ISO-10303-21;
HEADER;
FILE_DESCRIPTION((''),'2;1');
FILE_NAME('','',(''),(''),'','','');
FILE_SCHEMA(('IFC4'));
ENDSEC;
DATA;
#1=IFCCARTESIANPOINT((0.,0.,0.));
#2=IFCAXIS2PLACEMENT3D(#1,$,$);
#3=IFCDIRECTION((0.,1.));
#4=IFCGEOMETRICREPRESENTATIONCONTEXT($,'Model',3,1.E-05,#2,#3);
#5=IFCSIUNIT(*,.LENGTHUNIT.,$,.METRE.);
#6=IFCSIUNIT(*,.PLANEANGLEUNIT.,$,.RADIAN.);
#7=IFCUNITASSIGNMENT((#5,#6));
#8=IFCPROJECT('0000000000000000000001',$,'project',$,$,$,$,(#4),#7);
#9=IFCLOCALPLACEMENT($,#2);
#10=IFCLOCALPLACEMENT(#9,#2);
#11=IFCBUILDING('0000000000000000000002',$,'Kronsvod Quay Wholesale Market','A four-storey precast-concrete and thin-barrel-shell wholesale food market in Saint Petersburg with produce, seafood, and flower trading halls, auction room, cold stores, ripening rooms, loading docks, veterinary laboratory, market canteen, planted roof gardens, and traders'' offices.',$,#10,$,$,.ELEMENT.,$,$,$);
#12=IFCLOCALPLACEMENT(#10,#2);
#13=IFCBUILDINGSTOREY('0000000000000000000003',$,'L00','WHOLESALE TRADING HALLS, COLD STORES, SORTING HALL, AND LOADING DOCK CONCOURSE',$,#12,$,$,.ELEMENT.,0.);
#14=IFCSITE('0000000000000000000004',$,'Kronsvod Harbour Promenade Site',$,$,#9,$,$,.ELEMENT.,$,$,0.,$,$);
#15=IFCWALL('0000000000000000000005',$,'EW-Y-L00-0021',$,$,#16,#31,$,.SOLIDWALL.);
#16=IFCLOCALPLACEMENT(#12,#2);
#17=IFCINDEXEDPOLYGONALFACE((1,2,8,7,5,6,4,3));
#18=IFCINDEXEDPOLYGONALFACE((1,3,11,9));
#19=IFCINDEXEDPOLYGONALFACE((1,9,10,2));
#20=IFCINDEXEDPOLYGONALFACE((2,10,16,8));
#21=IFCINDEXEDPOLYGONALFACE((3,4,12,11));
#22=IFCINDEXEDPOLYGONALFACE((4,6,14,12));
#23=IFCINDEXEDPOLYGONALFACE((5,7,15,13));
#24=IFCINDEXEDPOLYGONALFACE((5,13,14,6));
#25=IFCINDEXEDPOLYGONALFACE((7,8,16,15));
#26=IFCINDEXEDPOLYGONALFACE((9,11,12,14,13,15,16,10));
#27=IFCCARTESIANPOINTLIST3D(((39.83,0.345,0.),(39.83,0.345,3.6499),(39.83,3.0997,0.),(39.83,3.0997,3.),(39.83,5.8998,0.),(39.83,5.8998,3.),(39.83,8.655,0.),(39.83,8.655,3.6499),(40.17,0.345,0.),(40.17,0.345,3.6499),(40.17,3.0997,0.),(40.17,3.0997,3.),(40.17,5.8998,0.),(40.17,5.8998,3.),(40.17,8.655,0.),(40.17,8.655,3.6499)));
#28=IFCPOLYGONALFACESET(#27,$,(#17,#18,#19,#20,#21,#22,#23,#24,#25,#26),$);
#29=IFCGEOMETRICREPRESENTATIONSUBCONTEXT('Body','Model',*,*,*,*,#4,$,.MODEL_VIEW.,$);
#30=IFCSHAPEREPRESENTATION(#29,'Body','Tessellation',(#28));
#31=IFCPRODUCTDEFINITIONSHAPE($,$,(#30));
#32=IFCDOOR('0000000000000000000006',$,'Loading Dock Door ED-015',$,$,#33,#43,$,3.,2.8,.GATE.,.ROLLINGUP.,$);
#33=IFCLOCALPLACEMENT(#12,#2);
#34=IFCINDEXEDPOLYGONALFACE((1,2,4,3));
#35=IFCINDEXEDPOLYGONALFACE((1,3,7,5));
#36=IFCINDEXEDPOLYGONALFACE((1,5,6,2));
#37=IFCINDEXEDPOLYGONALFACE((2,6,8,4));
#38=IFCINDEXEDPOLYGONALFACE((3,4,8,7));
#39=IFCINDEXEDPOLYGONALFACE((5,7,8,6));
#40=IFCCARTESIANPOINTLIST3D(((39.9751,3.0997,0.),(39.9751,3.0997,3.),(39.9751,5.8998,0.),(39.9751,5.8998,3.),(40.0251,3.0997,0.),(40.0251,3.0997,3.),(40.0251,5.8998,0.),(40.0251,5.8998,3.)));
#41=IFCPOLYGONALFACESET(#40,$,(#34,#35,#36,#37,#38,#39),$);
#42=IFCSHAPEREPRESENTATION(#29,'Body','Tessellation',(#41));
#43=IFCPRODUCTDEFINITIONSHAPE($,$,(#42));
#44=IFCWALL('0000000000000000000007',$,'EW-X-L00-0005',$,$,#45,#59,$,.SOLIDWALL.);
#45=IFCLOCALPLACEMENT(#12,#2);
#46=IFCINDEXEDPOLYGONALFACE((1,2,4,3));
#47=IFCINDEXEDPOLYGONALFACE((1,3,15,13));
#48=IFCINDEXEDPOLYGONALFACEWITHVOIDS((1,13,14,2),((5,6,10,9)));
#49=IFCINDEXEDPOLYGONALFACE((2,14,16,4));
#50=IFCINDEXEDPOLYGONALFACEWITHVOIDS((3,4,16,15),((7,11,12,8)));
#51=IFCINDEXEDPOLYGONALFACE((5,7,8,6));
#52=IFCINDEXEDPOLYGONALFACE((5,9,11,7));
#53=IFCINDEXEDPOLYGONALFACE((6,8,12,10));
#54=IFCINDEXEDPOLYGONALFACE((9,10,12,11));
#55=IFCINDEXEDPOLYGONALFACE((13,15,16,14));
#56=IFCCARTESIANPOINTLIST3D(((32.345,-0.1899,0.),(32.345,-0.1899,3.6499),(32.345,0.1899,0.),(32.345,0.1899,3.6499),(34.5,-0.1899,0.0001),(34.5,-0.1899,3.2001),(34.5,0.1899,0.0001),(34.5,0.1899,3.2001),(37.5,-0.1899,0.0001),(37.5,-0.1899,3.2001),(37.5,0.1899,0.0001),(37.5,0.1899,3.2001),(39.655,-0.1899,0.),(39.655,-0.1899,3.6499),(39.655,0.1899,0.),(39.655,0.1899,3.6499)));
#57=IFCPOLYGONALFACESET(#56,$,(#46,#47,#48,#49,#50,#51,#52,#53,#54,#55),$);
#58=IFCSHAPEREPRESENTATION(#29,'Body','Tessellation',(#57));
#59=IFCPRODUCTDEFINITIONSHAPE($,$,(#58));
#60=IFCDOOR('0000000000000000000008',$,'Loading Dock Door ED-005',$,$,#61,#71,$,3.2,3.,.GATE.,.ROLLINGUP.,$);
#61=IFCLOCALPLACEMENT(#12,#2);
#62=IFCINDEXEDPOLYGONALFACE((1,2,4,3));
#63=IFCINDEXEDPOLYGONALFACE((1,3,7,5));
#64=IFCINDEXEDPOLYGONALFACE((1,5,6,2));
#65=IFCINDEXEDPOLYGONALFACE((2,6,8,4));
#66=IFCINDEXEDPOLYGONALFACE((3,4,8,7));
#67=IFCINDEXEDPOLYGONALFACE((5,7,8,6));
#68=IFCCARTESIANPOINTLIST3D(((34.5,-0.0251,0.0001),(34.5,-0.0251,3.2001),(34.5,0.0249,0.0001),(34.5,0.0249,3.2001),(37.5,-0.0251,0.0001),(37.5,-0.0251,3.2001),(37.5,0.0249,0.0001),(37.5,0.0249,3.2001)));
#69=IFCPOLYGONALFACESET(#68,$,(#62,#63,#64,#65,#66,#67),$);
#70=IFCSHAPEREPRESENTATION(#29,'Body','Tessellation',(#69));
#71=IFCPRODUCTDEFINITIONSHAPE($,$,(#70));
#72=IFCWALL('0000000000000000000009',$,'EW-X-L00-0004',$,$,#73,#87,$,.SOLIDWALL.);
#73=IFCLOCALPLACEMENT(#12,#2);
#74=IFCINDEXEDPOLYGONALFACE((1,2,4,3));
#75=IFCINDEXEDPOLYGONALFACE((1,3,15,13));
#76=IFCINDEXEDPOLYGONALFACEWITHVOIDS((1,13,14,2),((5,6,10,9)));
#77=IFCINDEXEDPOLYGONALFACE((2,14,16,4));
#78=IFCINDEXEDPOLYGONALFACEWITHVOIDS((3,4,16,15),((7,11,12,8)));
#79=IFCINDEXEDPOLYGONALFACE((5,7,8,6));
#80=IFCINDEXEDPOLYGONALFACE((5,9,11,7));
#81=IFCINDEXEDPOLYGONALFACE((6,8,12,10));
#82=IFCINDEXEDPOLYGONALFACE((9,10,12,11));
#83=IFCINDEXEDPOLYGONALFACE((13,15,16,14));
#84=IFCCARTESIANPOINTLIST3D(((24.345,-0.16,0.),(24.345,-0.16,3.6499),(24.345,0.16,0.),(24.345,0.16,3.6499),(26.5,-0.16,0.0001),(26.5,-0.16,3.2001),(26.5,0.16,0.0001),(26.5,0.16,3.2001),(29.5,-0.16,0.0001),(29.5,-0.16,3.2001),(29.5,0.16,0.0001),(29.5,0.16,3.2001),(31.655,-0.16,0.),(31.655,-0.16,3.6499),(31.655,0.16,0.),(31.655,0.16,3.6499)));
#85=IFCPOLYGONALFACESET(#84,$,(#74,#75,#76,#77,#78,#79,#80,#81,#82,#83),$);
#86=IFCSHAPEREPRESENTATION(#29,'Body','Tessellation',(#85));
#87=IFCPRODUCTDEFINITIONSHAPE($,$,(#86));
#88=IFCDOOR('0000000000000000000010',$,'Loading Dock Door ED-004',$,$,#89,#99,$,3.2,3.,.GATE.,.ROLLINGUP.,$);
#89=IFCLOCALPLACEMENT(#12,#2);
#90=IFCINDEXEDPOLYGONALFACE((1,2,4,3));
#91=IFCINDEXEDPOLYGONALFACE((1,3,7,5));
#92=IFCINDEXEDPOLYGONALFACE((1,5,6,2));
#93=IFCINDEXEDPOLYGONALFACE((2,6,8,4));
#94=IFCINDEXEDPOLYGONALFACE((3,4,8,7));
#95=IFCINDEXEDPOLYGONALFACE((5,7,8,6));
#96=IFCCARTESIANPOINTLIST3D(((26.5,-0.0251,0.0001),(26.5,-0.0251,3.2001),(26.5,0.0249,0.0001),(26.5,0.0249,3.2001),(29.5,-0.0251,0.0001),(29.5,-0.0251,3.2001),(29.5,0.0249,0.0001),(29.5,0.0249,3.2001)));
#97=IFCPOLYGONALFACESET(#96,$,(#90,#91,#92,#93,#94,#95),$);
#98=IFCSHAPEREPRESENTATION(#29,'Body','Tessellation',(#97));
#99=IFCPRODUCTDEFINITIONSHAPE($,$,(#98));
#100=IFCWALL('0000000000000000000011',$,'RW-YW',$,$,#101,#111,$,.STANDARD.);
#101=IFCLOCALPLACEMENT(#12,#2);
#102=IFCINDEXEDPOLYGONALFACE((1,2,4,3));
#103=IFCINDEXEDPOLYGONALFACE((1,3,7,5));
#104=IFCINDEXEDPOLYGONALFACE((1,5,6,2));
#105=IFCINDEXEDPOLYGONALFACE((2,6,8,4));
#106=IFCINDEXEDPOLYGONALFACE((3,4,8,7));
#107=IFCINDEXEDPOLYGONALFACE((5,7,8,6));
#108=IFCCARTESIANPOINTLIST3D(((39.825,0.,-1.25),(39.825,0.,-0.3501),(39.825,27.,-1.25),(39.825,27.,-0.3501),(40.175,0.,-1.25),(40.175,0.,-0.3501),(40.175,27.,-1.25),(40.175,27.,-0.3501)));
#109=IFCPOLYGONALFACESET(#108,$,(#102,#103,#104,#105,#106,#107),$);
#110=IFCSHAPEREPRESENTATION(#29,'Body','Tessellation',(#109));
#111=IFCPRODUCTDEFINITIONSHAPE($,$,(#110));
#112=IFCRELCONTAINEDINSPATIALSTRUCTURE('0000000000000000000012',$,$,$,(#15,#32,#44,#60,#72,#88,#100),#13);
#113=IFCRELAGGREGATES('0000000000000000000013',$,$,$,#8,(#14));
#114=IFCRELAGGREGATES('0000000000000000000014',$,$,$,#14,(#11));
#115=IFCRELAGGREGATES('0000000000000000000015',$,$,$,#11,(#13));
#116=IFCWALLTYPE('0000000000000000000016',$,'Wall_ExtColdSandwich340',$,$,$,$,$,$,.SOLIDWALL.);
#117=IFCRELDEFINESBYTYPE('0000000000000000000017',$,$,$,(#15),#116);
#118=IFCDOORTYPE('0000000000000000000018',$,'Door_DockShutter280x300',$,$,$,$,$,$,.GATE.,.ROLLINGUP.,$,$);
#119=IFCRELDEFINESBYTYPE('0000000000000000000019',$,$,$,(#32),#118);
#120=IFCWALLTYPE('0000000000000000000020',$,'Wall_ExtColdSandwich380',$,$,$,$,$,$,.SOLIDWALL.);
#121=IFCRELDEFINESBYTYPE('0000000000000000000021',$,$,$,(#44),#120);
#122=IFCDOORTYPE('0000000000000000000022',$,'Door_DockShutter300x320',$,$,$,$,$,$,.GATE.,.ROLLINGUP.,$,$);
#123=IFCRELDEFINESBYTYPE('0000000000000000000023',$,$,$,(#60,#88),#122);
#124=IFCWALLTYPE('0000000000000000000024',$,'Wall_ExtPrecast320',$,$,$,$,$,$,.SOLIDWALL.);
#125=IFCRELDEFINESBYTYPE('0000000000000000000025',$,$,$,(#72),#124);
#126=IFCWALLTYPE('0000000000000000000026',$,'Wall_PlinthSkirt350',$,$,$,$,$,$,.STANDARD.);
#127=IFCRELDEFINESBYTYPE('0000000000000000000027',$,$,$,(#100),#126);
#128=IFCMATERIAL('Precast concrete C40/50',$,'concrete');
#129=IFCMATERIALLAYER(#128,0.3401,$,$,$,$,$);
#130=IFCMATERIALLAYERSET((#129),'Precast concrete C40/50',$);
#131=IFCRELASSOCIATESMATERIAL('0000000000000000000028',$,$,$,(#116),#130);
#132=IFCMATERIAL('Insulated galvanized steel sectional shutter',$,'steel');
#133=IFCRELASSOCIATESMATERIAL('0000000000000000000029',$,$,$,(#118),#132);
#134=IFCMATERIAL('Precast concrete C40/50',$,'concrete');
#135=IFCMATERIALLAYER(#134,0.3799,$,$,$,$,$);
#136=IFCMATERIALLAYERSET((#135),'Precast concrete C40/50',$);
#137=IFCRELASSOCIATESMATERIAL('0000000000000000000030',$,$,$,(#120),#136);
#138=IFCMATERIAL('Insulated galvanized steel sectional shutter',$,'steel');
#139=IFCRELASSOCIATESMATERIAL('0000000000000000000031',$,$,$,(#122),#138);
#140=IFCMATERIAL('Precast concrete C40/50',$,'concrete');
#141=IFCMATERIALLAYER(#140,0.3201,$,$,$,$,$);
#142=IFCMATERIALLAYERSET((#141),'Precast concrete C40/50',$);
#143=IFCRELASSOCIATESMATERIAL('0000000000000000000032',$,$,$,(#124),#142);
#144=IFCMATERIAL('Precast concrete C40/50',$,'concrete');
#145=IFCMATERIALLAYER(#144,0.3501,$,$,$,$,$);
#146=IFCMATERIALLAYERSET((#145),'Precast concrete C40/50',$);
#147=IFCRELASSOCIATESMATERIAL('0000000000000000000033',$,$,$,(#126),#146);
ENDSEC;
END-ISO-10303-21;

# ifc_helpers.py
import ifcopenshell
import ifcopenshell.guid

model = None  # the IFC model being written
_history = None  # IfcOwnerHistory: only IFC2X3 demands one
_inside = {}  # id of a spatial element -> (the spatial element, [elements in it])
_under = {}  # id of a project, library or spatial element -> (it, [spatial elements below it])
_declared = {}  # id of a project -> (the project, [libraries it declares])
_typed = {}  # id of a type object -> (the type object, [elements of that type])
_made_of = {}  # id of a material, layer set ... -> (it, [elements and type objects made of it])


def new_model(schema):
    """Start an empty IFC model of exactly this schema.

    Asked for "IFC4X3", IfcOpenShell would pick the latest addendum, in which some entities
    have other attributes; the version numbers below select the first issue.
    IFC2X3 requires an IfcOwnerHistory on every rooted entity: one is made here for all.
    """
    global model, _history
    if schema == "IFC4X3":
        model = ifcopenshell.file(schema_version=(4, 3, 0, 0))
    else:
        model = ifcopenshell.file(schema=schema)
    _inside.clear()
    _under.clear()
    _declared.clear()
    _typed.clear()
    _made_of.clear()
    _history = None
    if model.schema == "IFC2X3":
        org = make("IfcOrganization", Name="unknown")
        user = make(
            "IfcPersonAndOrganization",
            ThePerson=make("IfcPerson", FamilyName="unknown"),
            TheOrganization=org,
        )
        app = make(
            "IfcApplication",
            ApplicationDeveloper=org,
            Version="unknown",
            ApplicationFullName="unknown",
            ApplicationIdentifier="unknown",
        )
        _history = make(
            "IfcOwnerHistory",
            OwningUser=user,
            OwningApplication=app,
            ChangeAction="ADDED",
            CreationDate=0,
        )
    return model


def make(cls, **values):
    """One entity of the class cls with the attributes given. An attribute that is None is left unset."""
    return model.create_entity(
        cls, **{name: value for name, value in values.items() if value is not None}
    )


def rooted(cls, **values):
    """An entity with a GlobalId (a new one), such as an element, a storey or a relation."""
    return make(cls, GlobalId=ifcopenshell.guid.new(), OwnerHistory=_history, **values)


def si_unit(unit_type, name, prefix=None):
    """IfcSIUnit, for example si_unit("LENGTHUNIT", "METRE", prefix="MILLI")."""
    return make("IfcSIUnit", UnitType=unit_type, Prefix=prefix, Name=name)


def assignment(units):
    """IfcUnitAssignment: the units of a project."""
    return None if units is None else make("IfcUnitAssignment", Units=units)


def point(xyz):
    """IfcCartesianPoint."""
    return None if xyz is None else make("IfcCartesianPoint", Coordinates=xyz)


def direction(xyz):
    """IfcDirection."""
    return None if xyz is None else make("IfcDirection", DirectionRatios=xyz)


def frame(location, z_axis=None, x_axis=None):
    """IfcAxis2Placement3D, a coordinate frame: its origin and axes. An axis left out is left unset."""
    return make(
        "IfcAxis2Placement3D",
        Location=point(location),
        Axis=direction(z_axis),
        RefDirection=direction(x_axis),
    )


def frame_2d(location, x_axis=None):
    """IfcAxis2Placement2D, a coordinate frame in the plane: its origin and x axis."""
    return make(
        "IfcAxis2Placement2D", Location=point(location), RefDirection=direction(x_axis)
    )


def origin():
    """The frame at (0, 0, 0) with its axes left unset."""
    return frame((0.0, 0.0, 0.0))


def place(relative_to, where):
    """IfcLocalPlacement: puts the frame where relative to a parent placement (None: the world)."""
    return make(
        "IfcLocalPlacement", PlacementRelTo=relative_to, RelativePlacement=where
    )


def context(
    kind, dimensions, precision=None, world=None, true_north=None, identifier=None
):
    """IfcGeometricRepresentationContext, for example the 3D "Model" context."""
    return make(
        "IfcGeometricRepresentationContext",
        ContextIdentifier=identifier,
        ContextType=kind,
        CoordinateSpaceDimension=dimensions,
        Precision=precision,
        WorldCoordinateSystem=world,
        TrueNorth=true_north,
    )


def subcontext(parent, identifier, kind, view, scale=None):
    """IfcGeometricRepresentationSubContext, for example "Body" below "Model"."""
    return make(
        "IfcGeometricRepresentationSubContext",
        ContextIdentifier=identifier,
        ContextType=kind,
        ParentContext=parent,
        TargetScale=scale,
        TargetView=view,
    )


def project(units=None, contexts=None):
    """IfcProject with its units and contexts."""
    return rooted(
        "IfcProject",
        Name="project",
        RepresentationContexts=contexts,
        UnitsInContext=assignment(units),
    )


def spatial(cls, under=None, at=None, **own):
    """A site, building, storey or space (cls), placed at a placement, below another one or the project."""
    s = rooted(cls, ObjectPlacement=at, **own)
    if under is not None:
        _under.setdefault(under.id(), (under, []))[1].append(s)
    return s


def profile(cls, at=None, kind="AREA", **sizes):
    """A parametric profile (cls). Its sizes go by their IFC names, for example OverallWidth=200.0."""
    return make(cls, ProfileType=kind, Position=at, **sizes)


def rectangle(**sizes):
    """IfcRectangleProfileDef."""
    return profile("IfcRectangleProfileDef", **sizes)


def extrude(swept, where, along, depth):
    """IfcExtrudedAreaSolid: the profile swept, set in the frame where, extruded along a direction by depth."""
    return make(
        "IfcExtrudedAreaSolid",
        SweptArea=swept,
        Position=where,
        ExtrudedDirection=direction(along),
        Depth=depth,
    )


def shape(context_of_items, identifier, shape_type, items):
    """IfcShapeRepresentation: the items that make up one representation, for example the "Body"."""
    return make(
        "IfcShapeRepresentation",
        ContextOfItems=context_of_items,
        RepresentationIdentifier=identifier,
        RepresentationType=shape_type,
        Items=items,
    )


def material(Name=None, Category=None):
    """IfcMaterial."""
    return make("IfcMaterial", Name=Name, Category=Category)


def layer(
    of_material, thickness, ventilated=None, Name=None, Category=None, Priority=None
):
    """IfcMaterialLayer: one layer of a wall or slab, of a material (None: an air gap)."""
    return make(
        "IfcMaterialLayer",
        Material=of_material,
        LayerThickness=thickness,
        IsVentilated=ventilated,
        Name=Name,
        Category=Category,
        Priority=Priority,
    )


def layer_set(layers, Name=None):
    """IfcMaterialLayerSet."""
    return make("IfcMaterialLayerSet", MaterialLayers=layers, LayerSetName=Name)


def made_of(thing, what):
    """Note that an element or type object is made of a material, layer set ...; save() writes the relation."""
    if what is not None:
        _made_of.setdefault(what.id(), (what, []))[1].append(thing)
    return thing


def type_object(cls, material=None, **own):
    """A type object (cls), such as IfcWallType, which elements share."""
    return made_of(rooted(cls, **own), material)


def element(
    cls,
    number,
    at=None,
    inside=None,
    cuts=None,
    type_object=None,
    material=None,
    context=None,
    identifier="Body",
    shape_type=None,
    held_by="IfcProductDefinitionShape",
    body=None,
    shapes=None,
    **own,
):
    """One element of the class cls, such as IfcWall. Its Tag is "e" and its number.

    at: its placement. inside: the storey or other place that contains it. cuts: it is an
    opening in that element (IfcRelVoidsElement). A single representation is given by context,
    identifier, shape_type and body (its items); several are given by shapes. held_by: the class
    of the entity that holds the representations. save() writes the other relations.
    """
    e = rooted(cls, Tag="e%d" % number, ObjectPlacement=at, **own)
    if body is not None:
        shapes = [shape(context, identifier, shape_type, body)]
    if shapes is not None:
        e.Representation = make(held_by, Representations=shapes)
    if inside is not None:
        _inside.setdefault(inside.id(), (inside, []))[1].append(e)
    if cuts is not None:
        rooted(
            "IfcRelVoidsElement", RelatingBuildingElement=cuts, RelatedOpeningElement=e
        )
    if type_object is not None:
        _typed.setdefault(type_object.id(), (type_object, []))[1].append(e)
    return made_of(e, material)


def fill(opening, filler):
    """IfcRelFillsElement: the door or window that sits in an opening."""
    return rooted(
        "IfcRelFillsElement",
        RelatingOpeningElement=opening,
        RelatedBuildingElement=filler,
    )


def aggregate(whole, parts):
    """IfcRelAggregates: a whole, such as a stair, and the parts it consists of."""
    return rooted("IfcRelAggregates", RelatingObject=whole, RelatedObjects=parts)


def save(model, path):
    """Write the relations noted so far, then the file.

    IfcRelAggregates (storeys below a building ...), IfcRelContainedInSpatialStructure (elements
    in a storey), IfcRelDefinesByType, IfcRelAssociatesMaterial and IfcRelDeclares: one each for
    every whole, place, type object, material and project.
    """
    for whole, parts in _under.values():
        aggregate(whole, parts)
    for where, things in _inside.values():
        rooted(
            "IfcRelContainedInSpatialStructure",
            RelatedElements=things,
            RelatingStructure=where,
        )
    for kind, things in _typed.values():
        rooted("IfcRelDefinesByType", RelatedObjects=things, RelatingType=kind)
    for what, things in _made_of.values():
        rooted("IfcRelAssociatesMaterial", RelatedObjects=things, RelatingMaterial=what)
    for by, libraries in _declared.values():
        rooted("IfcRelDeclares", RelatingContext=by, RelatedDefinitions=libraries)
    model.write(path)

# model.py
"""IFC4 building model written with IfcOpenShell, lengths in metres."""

from ifc_helpers import new_model, si_unit, direction, frame, frame_2d, origin, place, context, subcontext, project, spatial, rectangle, extrude, material, layer, layer_set, type_object, element, fill, save


model = new_model("IFC4")

# Units and contexts
model_context = context("Model", 3, precision=1e-05, world=origin(), true_north=direction((0.0, 1.0)))
body_context = subcontext(model_context, "Body", "Model", "MODEL_VIEW")
ifc_project = project(units=[si_unit("LENGTHUNIT", "METRE"), si_unit("PLANEANGLEUNIT", "RADIAN")], contexts=[model_context])

# Site, building, storey
site_placement = place(None, origin())
site = spatial("IfcSite", under=ifc_project, at=site_placement, Name="Kronsvod Harbour Promenade Site", CompositionType="ELEMENT", RefElevation=0.0)
building_placement = place(site_placement, origin())
building = spatial("IfcBuilding", under=site, at=building_placement, Name="Kronsvod Quay Wholesale Market", Description="A four-storey precast-concrete and thin-barrel-shell wholesale food market in Saint Petersburg with produce, seafood, and flower trading halls, auction room, cold stores, ripening rooms, loading docks, veterinary laboratory, market canteen, planted roof gardens, and traders' offices.", CompositionType="ELEMENT")
storey_placement = place(building_placement, origin())
storey = spatial("IfcBuildingStorey", under=building, at=storey_placement, Name="L00", Description="WHOLESALE TRADING HALLS, COLD STORES, SORTING HALL, AND LOADING DOCK CONCOURSE", CompositionType="ELEMENT", Elevation=0.0)

# Walls, openings, doors
ifc_material_1 = material(Name="Precast concrete C40/50", Category="concrete")
ifc_layer_1 = layer(ifc_material_1, 0.3401)
ifc_layer_set_1 = layer_set([ifc_layer_1], Name="Precast concrete C40/50")
wall_type_1 = type_object("IfcWallType", Name="Wall_ExtColdSandwich340", PredefinedType="SOLIDWALL", material=ifc_layer_set_1)
wall_1_placement = place(storey_placement, frame((40.0, 0.345, 0.0), z_axis=(0.0, 0.0, 1.0), x_axis=(0.0, 1.0, 0.0)))
wall_1 = element("IfcWall", 1, at=wall_1_placement, inside=storey, type_object=wall_type_1, Name="EW-Y-L00-0021", PredefinedType="SOLIDWALL", context=body_context, shape_type="SweptSolid", body=[
    extrude(rectangle(XDim=8.3101, YDim=0.3401, at=frame_2d((4.155, 0.0))), origin(), (0.0, 0.0, 1.0), 3.6499),
])
opening_1_placement = place(wall_1_placement, frame((2.7549, 0.0, 0.0)))
opening_1 = element("IfcOpeningElement", 2, at=opening_1_placement, cuts=wall_1, PredefinedType="OPENING", context=body_context, shape_type="SweptSolid", body=[
    extrude(rectangle(XDim=2.8, YDim=3.0, at=frame_2d((1.3999, 1.5))), frame((0.0, 0.1802, 0.0), z_axis=(0.0, -1.0, 0.0), x_axis=(1.0, 0.0, 0.0)), (0.0, 0.0, 1.0), 0.3601),
])
ifc_material_2 = material(Name="Insulated galvanized steel sectional shutter", Category="steel")
door_type_1 = type_object("IfcDoorType", Name="Door_DockShutter280x300", OperationType="ROLLINGUP", PredefinedType="GATE", material=ifc_material_2)
door_1_placement = place(opening_1_placement, origin())
door_1 = element("IfcDoor", 3, at=door_1_placement, inside=storey, type_object=door_type_1, Name="Loading Dock Door ED-015", OperationType="ROLLINGUP", OverallHeight=3.0, OverallWidth=2.8, PredefinedType="GATE", context=body_context, shape_type="SweptSolid", body=[
    extrude(rectangle(XDim=2.8, YDim=3.0, at=frame_2d((1.3999, 1.5))), frame((0.0, 0.0249, 0.0), z_axis=(0.0, -1.0, 0.0), x_axis=(1.0, 0.0, 0.0)), (0.0, 0.0, 1.0), 0.05),
])
fill(opening_1, door_1)
ifc_material_3 = material(Name="Precast concrete C40/50", Category="concrete")
ifc_layer_2 = layer(ifc_material_3, 0.3799)
ifc_layer_set_2 = layer_set([ifc_layer_2], Name="Precast concrete C40/50")
wall_type_2 = type_object("IfcWallType", Name="Wall_ExtColdSandwich380", PredefinedType="SOLIDWALL", material=ifc_layer_set_2)
wall_2_placement = place(storey_placement, frame((32.345, 0.0, 0.0), z_axis=(0.0, 0.0, 1.0), x_axis=(1.0, 0.0, 0.0)))
wall_2 = element("IfcWall", 4, at=wall_2_placement, inside=storey, type_object=wall_type_2, Name="EW-X-L00-0005", PredefinedType="SOLIDWALL", context=body_context, shape_type="SweptSolid", body=[
    extrude(rectangle(XDim=7.3101, YDim=0.3799, at=frame_2d((3.655, 0.0))), origin(), (0.0, 0.0, 1.0), 3.6499),
])
opening_2_placement = place(wall_2_placement, frame((2.155, 0.0, 0.0)))
opening_2 = element("IfcOpeningElement", 5, at=opening_2_placement, cuts=wall_2, PredefinedType="OPENING", context=body_context, shape_type="SweptSolid", body=[
    extrude(rectangle(XDim=3.0, YDim=3.2, at=frame_2d((1.5, 1.6001))), frame((0.0, 0.2, 0.0), z_axis=(0.0, -1.0, 0.0), x_axis=(1.0, 0.0, 0.0)), (0.0, 0.0, 1.0), 0.3999),
])
ifc_material_4 = material(Name="Insulated galvanized steel sectional shutter", Category="steel")
door_type_2 = type_object("IfcDoorType", Name="Door_DockShutter300x320", OperationType="ROLLINGUP", PredefinedType="GATE", material=ifc_material_4)
door_2_placement = place(opening_2_placement, origin())
door_2 = element("IfcDoor", 6, at=door_2_placement, inside=storey, type_object=door_type_2, Name="Loading Dock Door ED-005", OperationType="ROLLINGUP", OverallHeight=3.2, OverallWidth=3.0, PredefinedType="GATE", context=body_context, shape_type="SweptSolid", body=[
    extrude(rectangle(XDim=3.0, YDim=3.2, at=frame_2d((1.5, 1.6001))), frame((0.0, 0.0249, 0.0), z_axis=(0.0, -1.0, 0.0), x_axis=(1.0, 0.0, 0.0)), (0.0, 0.0, 1.0), 0.05),
])
fill(opening_2, door_2)
ifc_material_5 = material(Name="Precast concrete C40/50", Category="concrete")
ifc_layer_3 = layer(ifc_material_5, 0.3201)
ifc_layer_set_3 = layer_set([ifc_layer_3], Name="Precast concrete C40/50")
wall_type_3 = type_object("IfcWallType", Name="Wall_ExtPrecast320", PredefinedType="SOLIDWALL", material=ifc_layer_set_3)
wall_3_placement = place(storey_placement, frame((24.345, 0.0, 0.0), z_axis=(0.0, 0.0, 1.0), x_axis=(1.0, 0.0, 0.0)))
wall_3 = element("IfcWall", 7, at=wall_3_placement, inside=storey, type_object=wall_type_3, Name="EW-X-L00-0004", PredefinedType="SOLIDWALL", context=body_context, shape_type="SweptSolid", body=[
    extrude(rectangle(XDim=7.3101, YDim=0.3201, at=frame_2d((3.655, 0.0))), origin(), (0.0, 0.0, 1.0), 3.6499),
])
opening_3_placement = place(wall_3_placement, frame((2.155, 0.0, 0.0)))
opening_3 = element("IfcOpeningElement", 8, at=opening_3_placement, cuts=wall_3, PredefinedType="OPENING", context=body_context, shape_type="SweptSolid", body=[
    extrude(rectangle(XDim=3.0, YDim=3.2, at=frame_2d((1.5, 1.6001))), frame((0.0, 0.1699, 0.0), z_axis=(0.0, -1.0, 0.0), x_axis=(1.0, 0.0, 0.0)), (0.0, 0.0, 1.0), 0.3401),
])
door_3_placement = place(opening_3_placement, origin())
door_3 = element("IfcDoor", 9, at=door_3_placement, inside=storey, type_object=door_type_2, Name="Loading Dock Door ED-004", OperationType="ROLLINGUP", OverallHeight=3.2, OverallWidth=3.0, PredefinedType="GATE", context=body_context, shape_type="SweptSolid", body=[
    extrude(rectangle(XDim=3.0, YDim=3.2, at=frame_2d((1.5, 1.6001))), frame((0.0, 0.0249, 0.0), z_axis=(0.0, -1.0, 0.0), x_axis=(1.0, 0.0, 0.0)), (0.0, 0.0, 1.0), 0.05),
])
fill(opening_3, door_3)

# Wall
ifc_material_6 = material(Name="Precast concrete C40/50", Category="concrete")
ifc_layer_4 = layer(ifc_material_6, 0.3501)
ifc_layer_set_4 = layer_set([ifc_layer_4], Name="Precast concrete C40/50")
wall_type_4 = type_object("IfcWallType", Name="Wall_PlinthSkirt350", PredefinedType="STANDARD", material=ifc_layer_set_4)
wall_4_placement = place(storey_placement, frame((40.0, 0.0, -1.25), z_axis=(0.0, 0.0, 1.0), x_axis=(0.0, 1.0, 0.0)))
element("IfcWall", 10, at=wall_4_placement, inside=storey, type_object=wall_type_4, Name="RW-YW", PredefinedType="STANDARD", context=body_context, shape_type="SweptSolid", body=[
    extrude(rectangle(XDim=27.0, YDim=0.3501, at=frame_2d((13.5, 0.0))), origin(), (0.0, 0.0, 1.0), 0.8999),
])

save(model, "model.ifc")
